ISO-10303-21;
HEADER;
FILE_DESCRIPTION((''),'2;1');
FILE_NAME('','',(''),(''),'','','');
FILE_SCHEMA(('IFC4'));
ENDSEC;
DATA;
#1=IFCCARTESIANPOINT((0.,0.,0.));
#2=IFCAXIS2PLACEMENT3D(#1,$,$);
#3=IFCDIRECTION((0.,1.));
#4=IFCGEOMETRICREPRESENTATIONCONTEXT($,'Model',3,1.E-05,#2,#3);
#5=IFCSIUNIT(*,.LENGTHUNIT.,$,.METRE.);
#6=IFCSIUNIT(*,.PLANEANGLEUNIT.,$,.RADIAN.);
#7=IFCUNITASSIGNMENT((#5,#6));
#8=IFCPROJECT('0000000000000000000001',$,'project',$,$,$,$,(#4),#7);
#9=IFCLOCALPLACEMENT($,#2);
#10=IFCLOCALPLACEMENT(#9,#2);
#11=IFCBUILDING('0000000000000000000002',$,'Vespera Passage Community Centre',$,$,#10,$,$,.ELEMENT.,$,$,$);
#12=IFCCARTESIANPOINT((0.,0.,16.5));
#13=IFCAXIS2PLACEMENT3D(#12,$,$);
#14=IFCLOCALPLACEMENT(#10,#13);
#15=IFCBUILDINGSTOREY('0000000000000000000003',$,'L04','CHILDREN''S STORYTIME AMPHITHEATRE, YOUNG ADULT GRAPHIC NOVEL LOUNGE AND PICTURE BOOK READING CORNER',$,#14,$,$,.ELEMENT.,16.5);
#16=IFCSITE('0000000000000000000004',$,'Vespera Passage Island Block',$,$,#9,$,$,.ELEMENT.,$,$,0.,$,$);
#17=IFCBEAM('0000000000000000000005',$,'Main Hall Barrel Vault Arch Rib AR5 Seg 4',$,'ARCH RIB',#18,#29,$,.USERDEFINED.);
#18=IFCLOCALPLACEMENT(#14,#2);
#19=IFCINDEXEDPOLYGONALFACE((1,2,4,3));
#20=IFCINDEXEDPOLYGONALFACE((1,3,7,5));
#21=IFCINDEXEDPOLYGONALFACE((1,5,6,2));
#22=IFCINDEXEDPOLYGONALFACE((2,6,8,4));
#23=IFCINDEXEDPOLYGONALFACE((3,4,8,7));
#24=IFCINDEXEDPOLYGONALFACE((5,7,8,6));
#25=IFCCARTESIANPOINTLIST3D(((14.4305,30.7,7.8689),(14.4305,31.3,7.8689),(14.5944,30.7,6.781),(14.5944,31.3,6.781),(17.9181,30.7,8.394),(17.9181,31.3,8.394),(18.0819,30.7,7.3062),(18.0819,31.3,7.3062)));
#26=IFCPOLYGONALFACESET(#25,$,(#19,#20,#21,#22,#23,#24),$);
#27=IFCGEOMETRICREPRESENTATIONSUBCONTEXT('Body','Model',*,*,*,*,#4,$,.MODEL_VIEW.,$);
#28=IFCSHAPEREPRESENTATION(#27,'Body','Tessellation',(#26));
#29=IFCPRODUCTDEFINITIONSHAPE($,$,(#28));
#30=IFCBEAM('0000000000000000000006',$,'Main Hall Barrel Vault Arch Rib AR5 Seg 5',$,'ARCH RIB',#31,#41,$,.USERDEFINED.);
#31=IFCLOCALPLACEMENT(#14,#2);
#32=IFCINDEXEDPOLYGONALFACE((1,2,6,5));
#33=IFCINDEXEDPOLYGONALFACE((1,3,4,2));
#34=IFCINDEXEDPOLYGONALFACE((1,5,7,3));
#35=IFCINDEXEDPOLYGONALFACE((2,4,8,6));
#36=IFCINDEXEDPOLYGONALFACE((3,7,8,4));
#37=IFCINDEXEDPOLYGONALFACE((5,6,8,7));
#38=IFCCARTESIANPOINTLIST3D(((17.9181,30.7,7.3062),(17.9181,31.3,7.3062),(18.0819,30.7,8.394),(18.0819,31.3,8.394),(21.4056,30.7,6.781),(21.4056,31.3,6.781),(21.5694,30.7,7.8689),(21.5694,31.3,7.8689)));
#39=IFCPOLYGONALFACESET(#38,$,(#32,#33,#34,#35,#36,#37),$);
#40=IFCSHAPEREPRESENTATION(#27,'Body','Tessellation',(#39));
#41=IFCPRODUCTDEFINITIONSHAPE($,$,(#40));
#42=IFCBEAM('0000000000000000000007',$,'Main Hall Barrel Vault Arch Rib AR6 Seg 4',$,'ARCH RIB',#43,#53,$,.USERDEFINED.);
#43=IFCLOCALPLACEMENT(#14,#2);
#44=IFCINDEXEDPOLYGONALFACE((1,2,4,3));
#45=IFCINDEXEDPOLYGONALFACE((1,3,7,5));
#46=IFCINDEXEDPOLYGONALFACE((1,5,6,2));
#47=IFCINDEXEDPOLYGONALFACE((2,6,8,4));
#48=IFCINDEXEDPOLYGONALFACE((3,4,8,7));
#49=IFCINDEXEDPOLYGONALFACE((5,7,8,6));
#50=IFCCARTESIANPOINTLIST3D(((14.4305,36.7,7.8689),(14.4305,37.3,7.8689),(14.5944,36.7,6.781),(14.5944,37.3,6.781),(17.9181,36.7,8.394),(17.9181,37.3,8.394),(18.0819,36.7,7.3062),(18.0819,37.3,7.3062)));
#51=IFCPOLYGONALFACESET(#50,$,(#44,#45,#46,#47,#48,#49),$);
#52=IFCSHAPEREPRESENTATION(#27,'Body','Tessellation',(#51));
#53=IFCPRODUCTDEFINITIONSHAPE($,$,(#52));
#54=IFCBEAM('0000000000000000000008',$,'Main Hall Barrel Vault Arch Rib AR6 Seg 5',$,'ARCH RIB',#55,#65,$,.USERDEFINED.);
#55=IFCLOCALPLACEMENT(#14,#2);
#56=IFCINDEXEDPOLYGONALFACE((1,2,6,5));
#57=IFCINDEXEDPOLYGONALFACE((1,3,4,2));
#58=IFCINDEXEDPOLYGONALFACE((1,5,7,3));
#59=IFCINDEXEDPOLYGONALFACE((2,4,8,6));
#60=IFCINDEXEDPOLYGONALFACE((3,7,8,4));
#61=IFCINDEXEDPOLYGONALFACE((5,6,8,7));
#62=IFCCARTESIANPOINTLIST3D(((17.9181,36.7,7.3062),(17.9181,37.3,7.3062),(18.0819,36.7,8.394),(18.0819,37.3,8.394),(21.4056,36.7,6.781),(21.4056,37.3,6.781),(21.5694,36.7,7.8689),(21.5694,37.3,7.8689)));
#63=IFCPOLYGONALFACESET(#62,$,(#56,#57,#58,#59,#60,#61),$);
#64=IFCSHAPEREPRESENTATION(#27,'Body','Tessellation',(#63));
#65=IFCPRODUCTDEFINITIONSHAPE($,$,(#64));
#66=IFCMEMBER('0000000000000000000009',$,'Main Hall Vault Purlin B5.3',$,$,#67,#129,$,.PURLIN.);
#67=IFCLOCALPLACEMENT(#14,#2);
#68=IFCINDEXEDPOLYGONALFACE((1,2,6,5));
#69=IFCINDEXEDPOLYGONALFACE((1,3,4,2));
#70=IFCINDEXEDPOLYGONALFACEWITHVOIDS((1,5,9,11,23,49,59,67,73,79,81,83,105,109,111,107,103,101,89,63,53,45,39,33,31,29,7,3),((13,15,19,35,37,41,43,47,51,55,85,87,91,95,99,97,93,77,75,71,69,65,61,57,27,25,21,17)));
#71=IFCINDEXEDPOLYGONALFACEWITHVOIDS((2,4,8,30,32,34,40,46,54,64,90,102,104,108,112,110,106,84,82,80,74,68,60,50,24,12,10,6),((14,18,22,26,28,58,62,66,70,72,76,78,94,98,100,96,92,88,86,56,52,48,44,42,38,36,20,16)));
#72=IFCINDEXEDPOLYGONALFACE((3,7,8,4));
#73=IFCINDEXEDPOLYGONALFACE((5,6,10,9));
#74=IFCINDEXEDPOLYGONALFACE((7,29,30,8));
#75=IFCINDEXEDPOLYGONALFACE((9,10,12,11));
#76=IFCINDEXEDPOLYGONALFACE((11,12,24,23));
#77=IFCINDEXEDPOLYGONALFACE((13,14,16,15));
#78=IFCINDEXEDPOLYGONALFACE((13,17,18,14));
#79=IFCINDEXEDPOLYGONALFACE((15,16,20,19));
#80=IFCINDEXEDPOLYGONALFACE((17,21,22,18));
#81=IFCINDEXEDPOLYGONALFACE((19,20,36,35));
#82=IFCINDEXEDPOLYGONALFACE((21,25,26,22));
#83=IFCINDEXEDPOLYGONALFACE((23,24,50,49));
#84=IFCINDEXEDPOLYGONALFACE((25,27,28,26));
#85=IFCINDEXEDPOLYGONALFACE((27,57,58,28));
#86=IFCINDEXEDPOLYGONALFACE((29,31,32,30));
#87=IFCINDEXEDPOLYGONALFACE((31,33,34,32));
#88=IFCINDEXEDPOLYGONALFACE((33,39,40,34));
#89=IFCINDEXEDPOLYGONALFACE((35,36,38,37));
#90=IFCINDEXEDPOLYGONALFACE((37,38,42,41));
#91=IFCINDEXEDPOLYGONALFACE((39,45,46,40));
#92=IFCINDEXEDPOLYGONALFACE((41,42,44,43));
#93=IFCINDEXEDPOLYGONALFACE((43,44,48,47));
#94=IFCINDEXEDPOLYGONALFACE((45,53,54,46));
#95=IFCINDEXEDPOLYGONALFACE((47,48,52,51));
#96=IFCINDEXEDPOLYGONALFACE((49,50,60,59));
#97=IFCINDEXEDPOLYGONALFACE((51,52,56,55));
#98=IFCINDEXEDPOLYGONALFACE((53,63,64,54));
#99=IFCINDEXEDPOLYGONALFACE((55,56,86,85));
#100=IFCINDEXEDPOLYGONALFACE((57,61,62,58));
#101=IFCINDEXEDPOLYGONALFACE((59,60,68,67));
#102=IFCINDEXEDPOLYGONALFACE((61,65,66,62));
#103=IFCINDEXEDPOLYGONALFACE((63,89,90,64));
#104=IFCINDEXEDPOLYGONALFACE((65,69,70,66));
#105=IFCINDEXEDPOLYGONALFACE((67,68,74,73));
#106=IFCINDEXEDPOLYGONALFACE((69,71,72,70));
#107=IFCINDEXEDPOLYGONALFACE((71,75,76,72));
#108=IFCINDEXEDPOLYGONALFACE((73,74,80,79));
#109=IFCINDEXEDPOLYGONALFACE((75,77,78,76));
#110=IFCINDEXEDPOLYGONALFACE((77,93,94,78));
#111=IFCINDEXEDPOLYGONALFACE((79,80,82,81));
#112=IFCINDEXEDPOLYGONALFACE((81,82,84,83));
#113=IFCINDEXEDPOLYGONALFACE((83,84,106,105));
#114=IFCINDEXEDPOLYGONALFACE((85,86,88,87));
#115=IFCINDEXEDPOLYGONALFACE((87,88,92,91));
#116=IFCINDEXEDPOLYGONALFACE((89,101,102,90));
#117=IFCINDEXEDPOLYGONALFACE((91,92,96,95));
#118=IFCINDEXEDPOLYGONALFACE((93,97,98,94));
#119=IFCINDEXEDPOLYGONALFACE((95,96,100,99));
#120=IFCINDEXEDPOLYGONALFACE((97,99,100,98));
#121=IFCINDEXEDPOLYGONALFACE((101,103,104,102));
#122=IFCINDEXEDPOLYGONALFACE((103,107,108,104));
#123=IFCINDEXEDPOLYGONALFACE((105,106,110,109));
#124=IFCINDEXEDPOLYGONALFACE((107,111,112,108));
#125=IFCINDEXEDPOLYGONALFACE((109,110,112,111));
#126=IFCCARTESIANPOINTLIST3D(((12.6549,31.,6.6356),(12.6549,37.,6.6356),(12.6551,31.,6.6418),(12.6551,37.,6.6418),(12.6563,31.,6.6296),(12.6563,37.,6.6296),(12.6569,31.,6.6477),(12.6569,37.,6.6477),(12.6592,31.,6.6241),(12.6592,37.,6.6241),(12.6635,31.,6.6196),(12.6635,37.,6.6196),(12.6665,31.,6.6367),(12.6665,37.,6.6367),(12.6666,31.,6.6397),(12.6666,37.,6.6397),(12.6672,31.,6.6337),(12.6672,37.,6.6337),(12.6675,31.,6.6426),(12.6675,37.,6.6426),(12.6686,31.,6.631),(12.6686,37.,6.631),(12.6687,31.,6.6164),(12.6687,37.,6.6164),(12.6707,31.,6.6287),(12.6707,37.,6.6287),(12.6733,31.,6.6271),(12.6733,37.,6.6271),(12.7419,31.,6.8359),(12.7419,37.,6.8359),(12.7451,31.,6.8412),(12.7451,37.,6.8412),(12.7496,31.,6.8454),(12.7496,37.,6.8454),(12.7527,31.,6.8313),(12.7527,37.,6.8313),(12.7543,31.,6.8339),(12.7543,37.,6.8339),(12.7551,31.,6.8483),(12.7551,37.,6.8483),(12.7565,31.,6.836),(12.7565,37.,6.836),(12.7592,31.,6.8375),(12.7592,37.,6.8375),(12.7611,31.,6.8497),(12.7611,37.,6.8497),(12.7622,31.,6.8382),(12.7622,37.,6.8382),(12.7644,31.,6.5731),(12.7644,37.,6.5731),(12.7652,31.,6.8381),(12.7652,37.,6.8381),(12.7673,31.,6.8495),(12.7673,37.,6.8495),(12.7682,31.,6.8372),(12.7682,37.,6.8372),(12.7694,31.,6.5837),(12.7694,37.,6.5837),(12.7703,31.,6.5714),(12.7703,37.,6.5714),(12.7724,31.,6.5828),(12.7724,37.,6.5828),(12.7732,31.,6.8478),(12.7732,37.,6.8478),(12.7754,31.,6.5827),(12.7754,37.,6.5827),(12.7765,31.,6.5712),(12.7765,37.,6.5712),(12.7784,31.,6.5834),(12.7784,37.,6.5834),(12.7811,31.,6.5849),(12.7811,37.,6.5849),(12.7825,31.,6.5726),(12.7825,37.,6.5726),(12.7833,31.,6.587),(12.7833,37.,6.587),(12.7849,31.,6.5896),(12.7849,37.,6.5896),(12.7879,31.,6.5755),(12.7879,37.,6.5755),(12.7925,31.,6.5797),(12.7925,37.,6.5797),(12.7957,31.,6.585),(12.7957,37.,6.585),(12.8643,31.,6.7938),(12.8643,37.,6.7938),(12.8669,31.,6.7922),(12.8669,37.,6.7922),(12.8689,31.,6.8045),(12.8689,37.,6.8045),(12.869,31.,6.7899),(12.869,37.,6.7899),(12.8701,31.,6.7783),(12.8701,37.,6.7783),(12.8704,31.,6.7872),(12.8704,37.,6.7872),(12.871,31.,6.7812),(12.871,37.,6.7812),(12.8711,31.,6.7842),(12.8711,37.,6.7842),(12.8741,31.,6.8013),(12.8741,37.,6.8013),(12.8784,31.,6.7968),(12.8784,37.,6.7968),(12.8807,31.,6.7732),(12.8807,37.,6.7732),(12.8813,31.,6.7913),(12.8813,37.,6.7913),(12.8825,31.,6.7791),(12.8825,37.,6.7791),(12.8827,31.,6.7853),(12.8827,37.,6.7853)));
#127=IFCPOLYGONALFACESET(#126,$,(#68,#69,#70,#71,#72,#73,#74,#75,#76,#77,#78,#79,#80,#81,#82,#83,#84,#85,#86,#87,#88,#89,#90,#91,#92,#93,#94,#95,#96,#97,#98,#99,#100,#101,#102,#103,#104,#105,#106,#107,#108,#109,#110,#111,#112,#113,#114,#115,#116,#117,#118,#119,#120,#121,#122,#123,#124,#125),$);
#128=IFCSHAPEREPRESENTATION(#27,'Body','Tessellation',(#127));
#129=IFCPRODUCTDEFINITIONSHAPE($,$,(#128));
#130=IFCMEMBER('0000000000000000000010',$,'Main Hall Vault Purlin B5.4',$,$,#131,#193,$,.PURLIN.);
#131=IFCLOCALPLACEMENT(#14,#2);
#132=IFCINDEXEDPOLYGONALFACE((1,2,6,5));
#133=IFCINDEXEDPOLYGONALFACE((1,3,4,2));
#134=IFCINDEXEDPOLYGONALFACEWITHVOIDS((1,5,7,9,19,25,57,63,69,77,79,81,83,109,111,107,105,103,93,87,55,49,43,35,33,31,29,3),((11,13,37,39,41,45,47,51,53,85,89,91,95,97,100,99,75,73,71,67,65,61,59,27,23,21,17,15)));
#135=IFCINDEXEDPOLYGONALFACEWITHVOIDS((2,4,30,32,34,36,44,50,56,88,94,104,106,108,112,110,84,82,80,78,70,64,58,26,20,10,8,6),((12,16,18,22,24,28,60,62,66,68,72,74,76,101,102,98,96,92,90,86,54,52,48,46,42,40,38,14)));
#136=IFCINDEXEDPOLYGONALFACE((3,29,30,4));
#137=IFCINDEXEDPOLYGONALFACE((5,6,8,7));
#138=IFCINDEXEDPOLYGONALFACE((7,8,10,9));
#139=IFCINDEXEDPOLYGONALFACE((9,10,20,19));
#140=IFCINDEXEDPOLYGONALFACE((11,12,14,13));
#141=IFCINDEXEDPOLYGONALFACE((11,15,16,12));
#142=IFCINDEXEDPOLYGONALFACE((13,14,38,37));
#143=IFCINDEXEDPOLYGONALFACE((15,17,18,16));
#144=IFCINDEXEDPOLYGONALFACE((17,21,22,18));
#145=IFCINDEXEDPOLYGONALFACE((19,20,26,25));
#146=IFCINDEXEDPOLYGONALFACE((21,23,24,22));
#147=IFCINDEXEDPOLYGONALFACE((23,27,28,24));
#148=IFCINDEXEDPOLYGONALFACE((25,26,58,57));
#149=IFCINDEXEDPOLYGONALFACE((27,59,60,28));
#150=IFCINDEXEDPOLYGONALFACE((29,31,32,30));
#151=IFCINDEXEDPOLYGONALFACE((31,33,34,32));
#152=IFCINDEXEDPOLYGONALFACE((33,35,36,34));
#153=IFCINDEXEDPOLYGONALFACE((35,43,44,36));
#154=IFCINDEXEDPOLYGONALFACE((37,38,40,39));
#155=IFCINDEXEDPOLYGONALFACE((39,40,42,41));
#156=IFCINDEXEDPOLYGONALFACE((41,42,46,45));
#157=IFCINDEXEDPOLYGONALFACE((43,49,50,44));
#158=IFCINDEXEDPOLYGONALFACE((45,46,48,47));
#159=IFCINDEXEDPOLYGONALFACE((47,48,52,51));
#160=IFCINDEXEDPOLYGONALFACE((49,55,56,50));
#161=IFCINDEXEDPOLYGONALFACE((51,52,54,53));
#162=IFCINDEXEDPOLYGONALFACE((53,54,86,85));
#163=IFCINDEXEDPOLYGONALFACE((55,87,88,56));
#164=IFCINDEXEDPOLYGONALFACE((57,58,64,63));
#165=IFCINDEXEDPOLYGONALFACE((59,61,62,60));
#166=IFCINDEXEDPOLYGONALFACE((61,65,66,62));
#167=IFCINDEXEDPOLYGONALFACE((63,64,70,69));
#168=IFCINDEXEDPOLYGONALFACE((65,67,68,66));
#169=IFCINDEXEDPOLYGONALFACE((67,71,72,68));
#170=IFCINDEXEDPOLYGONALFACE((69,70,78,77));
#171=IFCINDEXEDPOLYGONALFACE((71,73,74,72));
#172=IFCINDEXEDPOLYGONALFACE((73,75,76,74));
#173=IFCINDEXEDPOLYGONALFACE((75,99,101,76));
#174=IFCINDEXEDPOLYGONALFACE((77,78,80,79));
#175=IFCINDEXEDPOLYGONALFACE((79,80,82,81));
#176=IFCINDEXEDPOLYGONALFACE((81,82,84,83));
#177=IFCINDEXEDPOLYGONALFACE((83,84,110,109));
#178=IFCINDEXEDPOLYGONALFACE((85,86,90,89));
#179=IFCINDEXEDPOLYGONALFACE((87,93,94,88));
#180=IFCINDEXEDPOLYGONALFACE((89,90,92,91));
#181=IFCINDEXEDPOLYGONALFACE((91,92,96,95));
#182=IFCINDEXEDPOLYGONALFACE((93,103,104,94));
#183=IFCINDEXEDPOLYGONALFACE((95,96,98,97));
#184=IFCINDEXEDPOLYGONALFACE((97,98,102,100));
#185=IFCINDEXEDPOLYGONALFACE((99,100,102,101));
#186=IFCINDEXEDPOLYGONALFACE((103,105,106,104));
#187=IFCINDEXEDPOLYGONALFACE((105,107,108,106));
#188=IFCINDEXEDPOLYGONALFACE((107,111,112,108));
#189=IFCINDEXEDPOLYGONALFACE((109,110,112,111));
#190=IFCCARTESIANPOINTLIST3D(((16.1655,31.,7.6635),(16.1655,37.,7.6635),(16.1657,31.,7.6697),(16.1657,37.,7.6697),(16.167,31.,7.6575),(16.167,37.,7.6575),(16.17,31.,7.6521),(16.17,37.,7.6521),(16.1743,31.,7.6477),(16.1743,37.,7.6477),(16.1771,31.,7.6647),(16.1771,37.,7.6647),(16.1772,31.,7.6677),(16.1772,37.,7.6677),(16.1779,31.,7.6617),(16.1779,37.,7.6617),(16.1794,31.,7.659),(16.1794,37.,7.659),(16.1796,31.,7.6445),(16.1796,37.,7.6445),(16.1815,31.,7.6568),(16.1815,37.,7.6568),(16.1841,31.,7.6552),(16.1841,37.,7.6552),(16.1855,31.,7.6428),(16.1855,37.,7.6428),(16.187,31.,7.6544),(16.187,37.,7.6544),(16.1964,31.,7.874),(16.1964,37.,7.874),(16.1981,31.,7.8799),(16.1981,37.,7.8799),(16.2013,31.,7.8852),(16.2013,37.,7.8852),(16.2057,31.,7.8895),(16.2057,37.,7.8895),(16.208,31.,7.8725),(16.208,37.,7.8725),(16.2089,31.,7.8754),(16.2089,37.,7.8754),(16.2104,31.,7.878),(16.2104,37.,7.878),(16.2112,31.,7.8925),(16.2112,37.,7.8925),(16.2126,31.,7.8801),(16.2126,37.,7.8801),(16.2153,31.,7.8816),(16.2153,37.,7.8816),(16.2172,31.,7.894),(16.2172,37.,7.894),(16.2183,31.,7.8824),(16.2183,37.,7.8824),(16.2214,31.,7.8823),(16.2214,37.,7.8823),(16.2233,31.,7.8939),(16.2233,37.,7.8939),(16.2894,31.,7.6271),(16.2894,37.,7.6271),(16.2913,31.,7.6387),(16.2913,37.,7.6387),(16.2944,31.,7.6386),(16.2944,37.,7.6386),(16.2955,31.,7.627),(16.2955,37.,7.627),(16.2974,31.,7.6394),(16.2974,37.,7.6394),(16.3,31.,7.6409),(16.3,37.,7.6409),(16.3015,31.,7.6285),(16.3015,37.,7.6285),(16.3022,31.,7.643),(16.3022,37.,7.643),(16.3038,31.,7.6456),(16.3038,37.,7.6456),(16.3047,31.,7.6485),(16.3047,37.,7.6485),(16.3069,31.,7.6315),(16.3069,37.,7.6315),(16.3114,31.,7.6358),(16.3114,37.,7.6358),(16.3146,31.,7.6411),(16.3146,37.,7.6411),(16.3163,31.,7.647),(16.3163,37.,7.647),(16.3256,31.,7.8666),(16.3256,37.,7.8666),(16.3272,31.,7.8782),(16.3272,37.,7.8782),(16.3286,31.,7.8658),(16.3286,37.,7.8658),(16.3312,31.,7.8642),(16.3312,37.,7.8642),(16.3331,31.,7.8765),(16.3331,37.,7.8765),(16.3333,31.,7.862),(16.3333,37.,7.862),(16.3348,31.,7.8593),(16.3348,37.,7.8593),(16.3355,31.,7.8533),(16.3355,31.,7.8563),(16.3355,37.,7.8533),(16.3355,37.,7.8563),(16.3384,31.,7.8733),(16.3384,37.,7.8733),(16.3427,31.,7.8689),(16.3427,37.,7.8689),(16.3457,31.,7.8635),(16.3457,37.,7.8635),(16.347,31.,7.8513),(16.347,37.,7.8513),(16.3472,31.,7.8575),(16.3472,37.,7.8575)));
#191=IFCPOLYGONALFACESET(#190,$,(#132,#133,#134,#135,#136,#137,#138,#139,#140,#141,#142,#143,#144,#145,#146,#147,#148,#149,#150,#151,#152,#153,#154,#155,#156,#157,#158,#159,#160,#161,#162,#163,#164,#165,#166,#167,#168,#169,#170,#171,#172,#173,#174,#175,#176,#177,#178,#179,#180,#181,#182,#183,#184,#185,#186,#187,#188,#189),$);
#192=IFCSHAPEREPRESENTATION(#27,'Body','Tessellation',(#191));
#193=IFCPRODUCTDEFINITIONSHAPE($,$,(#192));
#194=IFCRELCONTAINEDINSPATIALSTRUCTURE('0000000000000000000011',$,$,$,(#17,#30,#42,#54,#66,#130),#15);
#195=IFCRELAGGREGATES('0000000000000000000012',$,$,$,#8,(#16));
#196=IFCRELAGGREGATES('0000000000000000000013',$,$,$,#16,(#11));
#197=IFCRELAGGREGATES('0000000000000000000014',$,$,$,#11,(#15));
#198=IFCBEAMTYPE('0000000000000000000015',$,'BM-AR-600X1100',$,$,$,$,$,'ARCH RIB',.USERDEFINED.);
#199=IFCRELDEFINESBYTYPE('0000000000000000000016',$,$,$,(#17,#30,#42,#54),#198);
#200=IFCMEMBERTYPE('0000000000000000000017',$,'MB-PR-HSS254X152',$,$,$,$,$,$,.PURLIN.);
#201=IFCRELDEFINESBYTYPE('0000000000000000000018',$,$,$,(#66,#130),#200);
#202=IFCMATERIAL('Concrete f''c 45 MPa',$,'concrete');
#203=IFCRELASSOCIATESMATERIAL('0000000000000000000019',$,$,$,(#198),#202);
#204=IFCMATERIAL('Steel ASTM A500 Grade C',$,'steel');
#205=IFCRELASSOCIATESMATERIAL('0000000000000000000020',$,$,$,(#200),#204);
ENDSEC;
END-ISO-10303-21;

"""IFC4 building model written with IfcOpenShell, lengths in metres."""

from ifc_helpers import new_model, si_unit, direction, frame, origin, origin_2d, place, context, subcontext, project, spatial, rectangle, hollow_rectangle, extrude, material, material_profile, profile_set, type_object, element, save


model = new_model("IFC4")

# Units and contexts
model_context = context("Model", 3, precision=1e-05, world=origin(), true_north=direction((0.0, 1.0)))
body_context = subcontext(model_context, "Body", "Model", "MODEL_VIEW")
ifc_project = project(units=[si_unit("LENGTHUNIT", "METRE"), si_unit("PLANEANGLEUNIT", "RADIAN")], contexts=[model_context])

# Site, building, storey
site_placement = place(None, origin())
site = spatial("IfcSite", under=ifc_project, at=site_placement, Name="Vespera Passage Island Block", CompositionType="ELEMENT", RefElevation=0.0)
building_placement = place(site_placement, origin())
building = spatial("IfcBuilding", under=site, at=building_placement, Name="Vespera Passage Community Centre", CompositionType="ELEMENT")
storey_placement = place(building_placement, frame((0.0, 0.0, 16.5)))
storey = spatial("IfcBuildingStorey", under=building, at=storey_placement, Name="L04", Description="CHILDREN'S STORYTIME AMPHITHEATRE, YOUNG ADULT GRAPHIC NOVEL LOUNGE AND PICTURE BOOK READING CORNER", CompositionType="ELEMENT", Elevation=16.5)

# Beams
ifc_material_1 = material(Name="Concrete f'c 45 MPa", Category="concrete")
ifc_material_profile_1 = material_profile(ifc_material_1, rectangle(XDim=0.6001, YDim=1.1001, at=origin_2d()), Name="RC600X1100")
ifc_profile_set_1 = profile_set([ifc_material_profile_1], Name="Concrete f'c 45 MPa")
beam_type = type_object("IfcBeamType", Name="BM-AR-600X1100", ElementType="ARCH RIB", PredefinedType="USERDEFINED", material=ifc_profile_set_1)
for number, where, z_axis, x_axis, name in (
    (1, (14.5125, 31.0, 7.325), (0.988852, 0.0, 0.148899), (0.0, 1.0, 0.0), "Main Hall Barrel Vault Arch Rib AR5 Seg 4"),
    (2, (18.0, 31.0, 7.8501), (0.988852, 0.0, -0.148899), (0.0, 1.0, 0.0), "Main Hall Barrel Vault Arch Rib AR5 Seg 5"),
    (3, (14.5125, 37.0, 7.325), (0.988852, 0.0, 0.148899), (0.0, 1.0, 0.0), "Main Hall Barrel Vault Arch Rib AR6 Seg 4"),
    (4, (18.0, 37.0, 7.8501), (0.988852, 0.0, -0.148899), (0.0, 1.0, 0.0), "Main Hall Barrel Vault Arch Rib AR6 Seg 5"),
):
    element("IfcBeam", number, at=place(storey_placement, frame(where, z_axis=z_axis, x_axis=x_axis)), inside=storey, type_object=beam_type, Name=name, ObjectType="ARCH RIB", PredefinedType="USERDEFINED", context=body_context, shape_type="SweptSolid", body=[
        extrude(rectangle(XDim=0.6001, YDim=1.1001, at=origin_2d()), origin(), (0.0, 0.0, 1.0), 3.5269),
    ])

# Members
ifc_material_2 = material(Name="Steel ASTM A500 Grade C", Category="steel")
ifc_material_profile_2 = material_profile(ifc_material_2, hollow_rectangle(XDim=0.1523, YDim=0.2539, WallThickness=0.0117, InnerFilletRadius=0.0117, OuterFilletRadius=0.0237, at=origin_2d()), Name="HSS254X152X12.7")
ifc_profile_set_2 = profile_set([ifc_material_profile_2], Name="Steel ASTM A500 Grade C")
member_type_1 = type_object("IfcMemberType", Name="MB-PR-HSS254X152", PredefinedType="PURLIN", material=ifc_profile_set_2)
for number, where, z_axis, x_axis, name in (
    (5, (12.7688, 31.0, 6.7104), (0.0, 1.0, 0.0), (-0.911367, 0.0, 0.411594), "Main Hall Vault Purlin B5.3"),
    (6, (16.2563, 31.0, 7.7605), (0.0, 1.0, 0.0), (-0.988858, 0.0, 0.148862), "Main Hall Vault Purlin B5.4"),
):
    element("IfcMember", number, at=place(storey_placement, frame(where, z_axis=z_axis, x_axis=x_axis)), inside=storey, type_object=member_type_1, Name=name, PredefinedType="PURLIN", context=body_context, shape_type="SweptSolid", body=[
        extrude(hollow_rectangle(XDim=0.1523, YDim=0.2539, WallThickness=0.0117, InnerFilletRadius=0.0117, OuterFilletRadius=0.0237, at=origin_2d()), origin(), (0.0, 0.0, 1.0), 6.0),
    ])

save(model, "model.ifc")
